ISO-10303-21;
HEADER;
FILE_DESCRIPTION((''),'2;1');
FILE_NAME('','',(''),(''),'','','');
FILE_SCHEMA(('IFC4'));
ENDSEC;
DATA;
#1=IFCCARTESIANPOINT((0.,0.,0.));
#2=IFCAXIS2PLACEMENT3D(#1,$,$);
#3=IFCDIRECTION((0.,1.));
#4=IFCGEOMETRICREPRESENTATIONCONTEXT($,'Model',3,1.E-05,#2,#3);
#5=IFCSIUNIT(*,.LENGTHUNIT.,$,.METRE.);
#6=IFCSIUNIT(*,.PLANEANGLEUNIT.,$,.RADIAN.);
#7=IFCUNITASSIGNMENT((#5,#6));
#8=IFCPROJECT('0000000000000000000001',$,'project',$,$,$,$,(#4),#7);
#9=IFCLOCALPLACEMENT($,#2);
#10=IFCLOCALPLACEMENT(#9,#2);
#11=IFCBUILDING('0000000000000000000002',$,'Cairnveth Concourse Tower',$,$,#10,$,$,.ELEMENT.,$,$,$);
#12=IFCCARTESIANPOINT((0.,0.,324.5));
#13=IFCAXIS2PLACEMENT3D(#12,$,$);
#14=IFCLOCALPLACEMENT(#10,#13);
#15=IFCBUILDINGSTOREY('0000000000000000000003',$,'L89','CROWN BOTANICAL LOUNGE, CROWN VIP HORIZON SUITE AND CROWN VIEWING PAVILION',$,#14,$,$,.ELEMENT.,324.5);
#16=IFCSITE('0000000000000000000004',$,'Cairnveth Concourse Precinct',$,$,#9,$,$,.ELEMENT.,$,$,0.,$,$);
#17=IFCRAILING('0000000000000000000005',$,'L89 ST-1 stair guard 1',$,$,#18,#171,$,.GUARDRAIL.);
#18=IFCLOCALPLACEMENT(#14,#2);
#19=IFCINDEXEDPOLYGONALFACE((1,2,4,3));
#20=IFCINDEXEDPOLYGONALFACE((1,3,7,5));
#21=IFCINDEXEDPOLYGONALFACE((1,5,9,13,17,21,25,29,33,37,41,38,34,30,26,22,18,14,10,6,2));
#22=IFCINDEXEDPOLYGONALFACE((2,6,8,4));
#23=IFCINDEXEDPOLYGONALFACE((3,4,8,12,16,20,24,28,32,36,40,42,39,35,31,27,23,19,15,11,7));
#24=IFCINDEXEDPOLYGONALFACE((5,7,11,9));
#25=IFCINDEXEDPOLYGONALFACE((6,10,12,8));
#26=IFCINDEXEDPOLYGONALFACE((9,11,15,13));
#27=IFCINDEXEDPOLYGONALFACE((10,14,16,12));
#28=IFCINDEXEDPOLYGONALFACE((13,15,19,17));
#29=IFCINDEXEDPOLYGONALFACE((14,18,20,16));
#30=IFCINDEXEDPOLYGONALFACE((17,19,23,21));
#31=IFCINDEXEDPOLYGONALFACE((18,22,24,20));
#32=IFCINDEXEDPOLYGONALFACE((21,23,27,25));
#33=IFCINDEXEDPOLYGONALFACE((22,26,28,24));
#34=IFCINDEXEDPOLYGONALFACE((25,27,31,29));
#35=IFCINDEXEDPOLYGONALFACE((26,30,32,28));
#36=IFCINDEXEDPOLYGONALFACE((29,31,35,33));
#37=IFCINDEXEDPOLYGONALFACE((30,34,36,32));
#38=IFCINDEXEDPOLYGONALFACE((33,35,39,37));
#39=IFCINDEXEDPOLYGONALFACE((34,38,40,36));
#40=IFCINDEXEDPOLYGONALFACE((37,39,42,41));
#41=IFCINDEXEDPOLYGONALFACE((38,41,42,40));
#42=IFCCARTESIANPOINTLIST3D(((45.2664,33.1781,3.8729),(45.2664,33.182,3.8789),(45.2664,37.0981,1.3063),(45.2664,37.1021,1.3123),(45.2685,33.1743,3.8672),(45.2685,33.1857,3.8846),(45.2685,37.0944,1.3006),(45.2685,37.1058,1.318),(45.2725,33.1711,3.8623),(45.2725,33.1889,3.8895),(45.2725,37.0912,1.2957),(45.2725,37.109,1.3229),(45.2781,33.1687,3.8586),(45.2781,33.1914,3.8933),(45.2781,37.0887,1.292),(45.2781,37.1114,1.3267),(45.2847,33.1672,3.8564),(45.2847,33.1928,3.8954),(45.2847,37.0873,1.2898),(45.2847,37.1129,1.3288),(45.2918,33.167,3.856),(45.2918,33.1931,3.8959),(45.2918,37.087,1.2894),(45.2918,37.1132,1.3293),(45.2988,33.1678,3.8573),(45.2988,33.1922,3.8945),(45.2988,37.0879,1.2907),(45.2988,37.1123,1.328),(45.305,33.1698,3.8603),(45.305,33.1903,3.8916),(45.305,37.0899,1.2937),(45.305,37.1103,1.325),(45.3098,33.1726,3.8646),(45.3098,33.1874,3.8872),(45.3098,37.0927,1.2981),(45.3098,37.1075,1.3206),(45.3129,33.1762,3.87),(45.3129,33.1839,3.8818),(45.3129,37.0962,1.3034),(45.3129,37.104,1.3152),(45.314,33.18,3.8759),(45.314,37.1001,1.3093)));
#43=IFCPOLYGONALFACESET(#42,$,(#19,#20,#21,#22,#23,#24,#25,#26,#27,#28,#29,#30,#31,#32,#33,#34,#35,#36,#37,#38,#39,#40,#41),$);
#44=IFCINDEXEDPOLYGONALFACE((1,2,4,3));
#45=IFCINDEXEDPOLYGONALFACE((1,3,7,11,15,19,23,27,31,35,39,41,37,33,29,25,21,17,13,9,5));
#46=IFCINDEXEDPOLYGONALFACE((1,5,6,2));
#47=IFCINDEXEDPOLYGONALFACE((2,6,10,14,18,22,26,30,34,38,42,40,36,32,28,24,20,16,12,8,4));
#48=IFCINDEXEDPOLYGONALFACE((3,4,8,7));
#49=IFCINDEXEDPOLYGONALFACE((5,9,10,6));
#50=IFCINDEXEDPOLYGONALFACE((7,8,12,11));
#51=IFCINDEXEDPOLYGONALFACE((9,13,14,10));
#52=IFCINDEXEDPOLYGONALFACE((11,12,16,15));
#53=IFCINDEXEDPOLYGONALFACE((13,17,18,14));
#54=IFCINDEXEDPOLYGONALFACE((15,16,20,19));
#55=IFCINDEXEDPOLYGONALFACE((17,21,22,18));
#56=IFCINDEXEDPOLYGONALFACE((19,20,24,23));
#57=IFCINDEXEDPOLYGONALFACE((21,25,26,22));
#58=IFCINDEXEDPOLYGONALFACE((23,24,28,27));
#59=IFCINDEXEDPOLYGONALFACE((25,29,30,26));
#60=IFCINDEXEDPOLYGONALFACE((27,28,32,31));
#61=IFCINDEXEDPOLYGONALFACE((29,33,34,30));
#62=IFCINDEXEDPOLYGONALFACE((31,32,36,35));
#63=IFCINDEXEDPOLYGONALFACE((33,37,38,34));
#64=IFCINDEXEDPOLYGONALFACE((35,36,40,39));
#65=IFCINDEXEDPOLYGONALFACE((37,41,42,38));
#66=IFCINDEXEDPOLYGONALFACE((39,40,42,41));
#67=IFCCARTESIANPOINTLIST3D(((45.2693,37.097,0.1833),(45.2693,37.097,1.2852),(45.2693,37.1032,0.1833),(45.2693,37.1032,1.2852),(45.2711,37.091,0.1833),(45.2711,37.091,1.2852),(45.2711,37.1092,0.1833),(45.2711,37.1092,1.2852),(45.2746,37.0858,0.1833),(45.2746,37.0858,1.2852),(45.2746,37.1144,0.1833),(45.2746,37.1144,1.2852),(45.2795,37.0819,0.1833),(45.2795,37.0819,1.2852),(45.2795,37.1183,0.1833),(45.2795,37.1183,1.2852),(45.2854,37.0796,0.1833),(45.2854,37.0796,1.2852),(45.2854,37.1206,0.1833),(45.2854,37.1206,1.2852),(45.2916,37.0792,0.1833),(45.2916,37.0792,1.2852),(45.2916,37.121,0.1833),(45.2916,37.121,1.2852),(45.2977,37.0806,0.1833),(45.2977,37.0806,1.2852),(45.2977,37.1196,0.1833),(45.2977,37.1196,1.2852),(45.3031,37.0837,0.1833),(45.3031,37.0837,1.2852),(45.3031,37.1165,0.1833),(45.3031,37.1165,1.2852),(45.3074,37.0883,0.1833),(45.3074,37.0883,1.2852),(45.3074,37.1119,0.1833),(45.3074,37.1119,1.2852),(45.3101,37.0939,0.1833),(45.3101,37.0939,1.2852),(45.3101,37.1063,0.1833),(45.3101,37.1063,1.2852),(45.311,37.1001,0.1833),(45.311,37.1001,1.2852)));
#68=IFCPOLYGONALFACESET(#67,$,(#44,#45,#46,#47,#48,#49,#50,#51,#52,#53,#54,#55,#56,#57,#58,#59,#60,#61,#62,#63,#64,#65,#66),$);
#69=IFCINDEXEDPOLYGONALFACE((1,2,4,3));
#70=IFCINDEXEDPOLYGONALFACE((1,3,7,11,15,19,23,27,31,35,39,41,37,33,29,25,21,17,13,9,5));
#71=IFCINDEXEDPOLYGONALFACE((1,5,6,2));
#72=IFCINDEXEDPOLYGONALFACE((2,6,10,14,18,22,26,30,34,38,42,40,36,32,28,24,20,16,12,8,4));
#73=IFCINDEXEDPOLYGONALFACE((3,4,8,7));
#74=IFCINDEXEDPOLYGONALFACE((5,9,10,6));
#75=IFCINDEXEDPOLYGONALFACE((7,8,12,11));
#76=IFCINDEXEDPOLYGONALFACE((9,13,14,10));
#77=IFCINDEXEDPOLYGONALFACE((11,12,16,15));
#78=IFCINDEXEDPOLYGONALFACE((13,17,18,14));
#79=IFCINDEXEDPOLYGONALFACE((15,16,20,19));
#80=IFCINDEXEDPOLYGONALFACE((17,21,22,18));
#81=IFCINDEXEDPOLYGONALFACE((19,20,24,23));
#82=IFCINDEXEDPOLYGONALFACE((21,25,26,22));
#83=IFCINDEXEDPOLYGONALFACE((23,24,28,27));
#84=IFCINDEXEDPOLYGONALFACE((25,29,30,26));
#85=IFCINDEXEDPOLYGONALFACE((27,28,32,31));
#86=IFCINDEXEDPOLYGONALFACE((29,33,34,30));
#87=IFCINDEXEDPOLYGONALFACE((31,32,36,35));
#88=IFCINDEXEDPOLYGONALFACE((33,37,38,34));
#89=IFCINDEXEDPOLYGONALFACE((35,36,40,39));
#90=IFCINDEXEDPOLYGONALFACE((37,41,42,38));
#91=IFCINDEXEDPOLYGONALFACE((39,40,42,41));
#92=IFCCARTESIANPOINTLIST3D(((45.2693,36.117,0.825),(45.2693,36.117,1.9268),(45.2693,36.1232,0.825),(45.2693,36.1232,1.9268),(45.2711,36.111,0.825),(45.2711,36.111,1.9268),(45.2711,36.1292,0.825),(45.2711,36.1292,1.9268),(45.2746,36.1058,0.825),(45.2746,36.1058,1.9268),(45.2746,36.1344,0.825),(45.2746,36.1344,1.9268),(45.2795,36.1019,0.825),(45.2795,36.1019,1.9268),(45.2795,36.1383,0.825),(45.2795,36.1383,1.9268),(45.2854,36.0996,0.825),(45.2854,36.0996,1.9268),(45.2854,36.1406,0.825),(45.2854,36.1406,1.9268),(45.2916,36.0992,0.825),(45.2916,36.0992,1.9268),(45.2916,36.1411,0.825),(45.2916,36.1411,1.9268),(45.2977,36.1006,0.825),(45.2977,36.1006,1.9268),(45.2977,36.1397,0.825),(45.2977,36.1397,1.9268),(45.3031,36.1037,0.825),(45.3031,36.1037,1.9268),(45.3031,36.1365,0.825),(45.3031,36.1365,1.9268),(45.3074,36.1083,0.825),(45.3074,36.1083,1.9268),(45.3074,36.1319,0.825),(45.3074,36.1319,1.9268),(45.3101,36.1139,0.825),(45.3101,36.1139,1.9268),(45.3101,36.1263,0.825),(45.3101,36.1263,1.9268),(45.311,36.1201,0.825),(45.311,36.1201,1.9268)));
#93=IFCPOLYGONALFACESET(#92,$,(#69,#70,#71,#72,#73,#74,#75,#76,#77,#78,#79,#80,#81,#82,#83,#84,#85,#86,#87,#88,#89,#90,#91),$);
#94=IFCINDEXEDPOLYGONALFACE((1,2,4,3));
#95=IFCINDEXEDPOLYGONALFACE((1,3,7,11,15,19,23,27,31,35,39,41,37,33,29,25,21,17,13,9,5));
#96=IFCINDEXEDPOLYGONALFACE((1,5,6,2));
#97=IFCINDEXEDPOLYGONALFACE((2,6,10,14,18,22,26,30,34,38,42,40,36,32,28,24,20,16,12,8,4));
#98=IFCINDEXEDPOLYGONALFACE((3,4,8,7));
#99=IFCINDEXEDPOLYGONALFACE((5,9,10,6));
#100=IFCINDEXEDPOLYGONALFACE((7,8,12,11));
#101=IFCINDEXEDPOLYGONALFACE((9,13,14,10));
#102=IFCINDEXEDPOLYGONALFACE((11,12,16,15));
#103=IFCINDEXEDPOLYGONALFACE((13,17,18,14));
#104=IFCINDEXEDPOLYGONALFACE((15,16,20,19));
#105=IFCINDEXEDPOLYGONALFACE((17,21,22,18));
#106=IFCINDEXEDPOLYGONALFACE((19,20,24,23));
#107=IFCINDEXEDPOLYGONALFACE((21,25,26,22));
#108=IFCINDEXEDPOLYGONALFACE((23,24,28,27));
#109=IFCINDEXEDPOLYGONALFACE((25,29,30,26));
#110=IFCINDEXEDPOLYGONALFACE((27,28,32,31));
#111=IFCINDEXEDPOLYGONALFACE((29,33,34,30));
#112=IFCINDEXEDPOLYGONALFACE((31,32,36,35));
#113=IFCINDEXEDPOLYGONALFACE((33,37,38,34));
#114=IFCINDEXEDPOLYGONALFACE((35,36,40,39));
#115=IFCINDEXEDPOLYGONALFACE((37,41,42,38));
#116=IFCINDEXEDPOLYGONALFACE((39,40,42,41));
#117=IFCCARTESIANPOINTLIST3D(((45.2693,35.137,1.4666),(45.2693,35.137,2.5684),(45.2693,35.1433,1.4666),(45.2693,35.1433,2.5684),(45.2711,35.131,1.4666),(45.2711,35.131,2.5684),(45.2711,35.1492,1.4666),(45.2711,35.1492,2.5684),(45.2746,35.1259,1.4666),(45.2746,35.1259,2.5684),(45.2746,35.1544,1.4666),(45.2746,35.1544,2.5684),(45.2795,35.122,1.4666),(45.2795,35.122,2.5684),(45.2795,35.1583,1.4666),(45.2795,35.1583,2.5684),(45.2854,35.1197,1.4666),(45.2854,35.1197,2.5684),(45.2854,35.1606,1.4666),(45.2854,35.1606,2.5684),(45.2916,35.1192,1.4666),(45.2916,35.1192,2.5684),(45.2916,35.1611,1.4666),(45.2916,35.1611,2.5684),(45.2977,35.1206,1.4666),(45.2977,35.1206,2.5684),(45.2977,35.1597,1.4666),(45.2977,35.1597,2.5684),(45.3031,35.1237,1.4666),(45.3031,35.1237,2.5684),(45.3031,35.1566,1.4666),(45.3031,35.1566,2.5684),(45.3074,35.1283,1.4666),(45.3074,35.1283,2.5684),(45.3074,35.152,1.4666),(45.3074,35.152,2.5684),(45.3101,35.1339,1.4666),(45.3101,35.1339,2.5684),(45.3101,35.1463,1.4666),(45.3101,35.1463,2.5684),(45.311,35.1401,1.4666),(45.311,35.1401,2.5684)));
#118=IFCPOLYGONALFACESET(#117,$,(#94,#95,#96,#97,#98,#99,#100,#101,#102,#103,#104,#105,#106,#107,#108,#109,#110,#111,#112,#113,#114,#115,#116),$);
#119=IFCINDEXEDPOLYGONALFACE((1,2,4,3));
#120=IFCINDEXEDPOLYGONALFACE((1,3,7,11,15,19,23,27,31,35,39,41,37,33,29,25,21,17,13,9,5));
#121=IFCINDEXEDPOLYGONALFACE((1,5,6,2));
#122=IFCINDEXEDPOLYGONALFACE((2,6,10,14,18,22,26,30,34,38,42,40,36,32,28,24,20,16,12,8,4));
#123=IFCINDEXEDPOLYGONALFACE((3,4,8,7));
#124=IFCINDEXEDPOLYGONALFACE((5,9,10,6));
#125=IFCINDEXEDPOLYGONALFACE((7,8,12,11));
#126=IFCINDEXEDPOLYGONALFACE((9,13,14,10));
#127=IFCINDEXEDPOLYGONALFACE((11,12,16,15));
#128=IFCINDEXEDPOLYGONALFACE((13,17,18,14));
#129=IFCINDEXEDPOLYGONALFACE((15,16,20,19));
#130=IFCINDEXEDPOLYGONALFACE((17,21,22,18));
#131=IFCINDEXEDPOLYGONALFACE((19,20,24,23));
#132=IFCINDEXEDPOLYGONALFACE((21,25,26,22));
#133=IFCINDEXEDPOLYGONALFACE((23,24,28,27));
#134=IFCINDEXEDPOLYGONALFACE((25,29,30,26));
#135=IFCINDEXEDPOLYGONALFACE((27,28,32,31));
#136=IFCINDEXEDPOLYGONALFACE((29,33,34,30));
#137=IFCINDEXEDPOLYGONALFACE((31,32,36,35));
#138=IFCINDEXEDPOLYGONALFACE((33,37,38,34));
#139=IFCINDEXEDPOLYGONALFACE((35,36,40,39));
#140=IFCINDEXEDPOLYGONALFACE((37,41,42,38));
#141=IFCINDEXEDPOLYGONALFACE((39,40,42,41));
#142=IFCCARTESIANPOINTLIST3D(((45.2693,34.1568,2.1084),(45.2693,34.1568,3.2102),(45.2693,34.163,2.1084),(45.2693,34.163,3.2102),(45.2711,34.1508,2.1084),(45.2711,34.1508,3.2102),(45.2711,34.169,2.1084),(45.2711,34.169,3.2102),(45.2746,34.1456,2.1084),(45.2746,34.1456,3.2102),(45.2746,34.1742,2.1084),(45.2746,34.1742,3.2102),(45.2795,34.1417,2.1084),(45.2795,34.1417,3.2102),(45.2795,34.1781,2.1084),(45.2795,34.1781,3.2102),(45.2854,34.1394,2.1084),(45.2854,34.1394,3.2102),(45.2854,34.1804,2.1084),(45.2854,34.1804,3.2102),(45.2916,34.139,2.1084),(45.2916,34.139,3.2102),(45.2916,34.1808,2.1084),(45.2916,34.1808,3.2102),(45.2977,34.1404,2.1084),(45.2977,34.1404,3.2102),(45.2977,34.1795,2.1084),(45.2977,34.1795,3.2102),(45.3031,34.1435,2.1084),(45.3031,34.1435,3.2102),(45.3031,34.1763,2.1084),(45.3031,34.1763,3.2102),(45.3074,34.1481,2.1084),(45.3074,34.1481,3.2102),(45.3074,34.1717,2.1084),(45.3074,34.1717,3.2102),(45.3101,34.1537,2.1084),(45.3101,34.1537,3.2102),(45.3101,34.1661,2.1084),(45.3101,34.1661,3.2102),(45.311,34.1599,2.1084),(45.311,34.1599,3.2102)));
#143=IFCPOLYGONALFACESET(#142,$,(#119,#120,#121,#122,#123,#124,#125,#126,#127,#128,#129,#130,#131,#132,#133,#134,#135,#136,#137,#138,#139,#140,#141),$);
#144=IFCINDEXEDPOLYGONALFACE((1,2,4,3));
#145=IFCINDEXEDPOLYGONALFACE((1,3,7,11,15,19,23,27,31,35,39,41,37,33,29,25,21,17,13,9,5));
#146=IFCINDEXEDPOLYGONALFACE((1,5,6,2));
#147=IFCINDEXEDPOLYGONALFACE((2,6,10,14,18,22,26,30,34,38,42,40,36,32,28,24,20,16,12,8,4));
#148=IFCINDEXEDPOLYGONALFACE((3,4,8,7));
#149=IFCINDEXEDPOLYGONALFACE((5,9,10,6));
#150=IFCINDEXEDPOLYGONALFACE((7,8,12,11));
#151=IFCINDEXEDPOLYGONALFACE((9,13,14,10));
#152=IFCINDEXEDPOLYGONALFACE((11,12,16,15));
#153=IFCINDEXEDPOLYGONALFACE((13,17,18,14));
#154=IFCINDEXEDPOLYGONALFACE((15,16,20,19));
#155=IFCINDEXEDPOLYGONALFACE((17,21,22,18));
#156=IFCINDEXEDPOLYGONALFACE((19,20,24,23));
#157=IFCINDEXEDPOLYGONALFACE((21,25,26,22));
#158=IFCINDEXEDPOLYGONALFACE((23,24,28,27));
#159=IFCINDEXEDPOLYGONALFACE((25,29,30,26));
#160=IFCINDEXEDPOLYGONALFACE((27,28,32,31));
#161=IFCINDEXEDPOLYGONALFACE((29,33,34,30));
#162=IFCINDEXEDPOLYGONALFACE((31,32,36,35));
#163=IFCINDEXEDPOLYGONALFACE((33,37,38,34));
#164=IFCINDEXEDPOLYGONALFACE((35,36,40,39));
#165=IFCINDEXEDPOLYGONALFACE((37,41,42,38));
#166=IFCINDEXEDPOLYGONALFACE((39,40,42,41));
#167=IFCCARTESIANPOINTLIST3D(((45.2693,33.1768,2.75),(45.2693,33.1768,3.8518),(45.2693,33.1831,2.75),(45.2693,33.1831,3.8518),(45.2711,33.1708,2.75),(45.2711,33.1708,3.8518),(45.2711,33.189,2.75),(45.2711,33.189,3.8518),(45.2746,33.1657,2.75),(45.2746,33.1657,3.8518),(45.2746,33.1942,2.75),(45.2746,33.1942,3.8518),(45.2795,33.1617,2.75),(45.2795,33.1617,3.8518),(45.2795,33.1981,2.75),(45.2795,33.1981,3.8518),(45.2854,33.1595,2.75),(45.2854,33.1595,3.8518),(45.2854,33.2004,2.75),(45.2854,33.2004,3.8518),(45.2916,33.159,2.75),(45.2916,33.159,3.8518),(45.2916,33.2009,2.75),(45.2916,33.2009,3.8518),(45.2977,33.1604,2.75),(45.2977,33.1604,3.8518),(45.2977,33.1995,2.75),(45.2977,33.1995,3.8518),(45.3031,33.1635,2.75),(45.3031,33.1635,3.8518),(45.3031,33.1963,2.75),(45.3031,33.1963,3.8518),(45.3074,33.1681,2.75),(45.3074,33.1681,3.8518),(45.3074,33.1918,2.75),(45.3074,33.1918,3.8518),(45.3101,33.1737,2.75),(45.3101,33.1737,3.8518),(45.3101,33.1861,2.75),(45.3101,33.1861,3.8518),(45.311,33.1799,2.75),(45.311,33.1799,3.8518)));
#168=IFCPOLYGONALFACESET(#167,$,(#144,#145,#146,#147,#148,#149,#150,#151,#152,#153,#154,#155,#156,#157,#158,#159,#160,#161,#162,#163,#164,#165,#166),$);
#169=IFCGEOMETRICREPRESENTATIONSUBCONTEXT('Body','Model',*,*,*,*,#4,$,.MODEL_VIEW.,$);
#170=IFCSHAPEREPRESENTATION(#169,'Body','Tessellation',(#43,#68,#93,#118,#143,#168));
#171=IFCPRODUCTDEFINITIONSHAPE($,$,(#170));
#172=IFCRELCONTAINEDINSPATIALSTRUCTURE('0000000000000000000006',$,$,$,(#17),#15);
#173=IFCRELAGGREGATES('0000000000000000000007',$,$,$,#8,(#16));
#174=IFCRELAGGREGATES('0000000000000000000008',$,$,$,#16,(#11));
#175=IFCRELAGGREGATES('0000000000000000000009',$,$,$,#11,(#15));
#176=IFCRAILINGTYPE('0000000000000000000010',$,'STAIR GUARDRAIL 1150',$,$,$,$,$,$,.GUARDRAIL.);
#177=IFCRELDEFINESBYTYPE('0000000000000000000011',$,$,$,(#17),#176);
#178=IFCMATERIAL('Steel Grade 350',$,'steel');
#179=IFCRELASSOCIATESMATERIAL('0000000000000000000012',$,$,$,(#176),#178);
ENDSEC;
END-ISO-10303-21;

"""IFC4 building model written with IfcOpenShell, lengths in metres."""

from ifc_helpers import new_model, si_unit, direction, frame, origin, origin_2d, place, context, subcontext, project, spatial, circle, extrude, material, type_object, element, save


model = new_model("IFC4")

# Units and contexts
model_context = context("Model", 3, precision=1e-05, world=origin(), true_north=direction((0.0, 1.0)))
body_context = subcontext(model_context, "Body", "Model", "MODEL_VIEW")
ifc_project = project(units=[si_unit("LENGTHUNIT", "METRE"), si_unit("PLANEANGLEUNIT", "RADIAN")], contexts=[model_context])

# Site, building, storey
site_placement = place(None, origin())
site = spatial("IfcSite", under=ifc_project, at=site_placement, Name="Cairnveth Concourse Precinct", CompositionType="ELEMENT", RefElevation=0.0)
building_placement = place(site_placement, origin())
building = spatial("IfcBuilding", under=site, at=building_placement, Name="Cairnveth Concourse Tower", CompositionType="ELEMENT")
storey_placement = place(building_placement, frame((0.0, 0.0, 324.5)))
storey = spatial("IfcBuildingStorey", under=building, at=storey_placement, Name="L89", Description="CROWN BOTANICAL LOUNGE, CROWN VIP HORIZON SUITE AND CROWN VIEWING PAVILION", CompositionType="ELEMENT", Elevation=324.5)

# Shared definitions
ifc_material_1 = material(Name="Steel Grade 350", Category="steel")

# Railing
railing_type_1 = type_object("IfcRailingType", Name="STAIR GUARDRAIL 1150", PredefinedType="GUARDRAIL", material=ifc_material_1)
railing_1_placement = place(storey_placement, frame((45.29, 37.1001, 0.1833)))
element("IfcRailing", 1, at=railing_1_placement, inside=storey, type_object=railing_type_1, Name="L89 ST-1 stair guard 1", PredefinedType="GUARDRAIL", context=body_context, shape_type="SweptSolid", body=[
    extrude(circle(Radius=0.0239, at=origin_2d()), frame((0.0, 0.0, 1.126), z_axis=(0.0, -0.836631, 0.547767), x_axis=(1.0, 0.0, 0.0)), (0.0, 0.0, 1.0), 4.6855),
    extrude(circle(Radius=0.021, at=origin_2d()), origin(), (0.0, 0.0, 1.0), 1.1018),
    extrude(circle(Radius=0.021, at=origin_2d()), frame((0.0, -0.98, 0.6416)), (0.0, 0.0, 1.0), 1.1018),
    extrude(circle(Radius=0.021, at=origin_2d()), frame((0.0, -1.96, 1.2832)), (0.0, 0.0, 1.0), 1.1018),
    extrude(circle(Radius=0.021, at=origin_2d()), frame((0.0, -2.9402, 1.925)), (0.0, 0.0, 1.0), 1.1018),
    extrude(circle(Radius=0.021, at=origin_2d()), frame((0.0, -3.9202, 2.5667)), (0.0, 0.0, 1.0), 1.1018),
])

save(model, "model.ifc")
